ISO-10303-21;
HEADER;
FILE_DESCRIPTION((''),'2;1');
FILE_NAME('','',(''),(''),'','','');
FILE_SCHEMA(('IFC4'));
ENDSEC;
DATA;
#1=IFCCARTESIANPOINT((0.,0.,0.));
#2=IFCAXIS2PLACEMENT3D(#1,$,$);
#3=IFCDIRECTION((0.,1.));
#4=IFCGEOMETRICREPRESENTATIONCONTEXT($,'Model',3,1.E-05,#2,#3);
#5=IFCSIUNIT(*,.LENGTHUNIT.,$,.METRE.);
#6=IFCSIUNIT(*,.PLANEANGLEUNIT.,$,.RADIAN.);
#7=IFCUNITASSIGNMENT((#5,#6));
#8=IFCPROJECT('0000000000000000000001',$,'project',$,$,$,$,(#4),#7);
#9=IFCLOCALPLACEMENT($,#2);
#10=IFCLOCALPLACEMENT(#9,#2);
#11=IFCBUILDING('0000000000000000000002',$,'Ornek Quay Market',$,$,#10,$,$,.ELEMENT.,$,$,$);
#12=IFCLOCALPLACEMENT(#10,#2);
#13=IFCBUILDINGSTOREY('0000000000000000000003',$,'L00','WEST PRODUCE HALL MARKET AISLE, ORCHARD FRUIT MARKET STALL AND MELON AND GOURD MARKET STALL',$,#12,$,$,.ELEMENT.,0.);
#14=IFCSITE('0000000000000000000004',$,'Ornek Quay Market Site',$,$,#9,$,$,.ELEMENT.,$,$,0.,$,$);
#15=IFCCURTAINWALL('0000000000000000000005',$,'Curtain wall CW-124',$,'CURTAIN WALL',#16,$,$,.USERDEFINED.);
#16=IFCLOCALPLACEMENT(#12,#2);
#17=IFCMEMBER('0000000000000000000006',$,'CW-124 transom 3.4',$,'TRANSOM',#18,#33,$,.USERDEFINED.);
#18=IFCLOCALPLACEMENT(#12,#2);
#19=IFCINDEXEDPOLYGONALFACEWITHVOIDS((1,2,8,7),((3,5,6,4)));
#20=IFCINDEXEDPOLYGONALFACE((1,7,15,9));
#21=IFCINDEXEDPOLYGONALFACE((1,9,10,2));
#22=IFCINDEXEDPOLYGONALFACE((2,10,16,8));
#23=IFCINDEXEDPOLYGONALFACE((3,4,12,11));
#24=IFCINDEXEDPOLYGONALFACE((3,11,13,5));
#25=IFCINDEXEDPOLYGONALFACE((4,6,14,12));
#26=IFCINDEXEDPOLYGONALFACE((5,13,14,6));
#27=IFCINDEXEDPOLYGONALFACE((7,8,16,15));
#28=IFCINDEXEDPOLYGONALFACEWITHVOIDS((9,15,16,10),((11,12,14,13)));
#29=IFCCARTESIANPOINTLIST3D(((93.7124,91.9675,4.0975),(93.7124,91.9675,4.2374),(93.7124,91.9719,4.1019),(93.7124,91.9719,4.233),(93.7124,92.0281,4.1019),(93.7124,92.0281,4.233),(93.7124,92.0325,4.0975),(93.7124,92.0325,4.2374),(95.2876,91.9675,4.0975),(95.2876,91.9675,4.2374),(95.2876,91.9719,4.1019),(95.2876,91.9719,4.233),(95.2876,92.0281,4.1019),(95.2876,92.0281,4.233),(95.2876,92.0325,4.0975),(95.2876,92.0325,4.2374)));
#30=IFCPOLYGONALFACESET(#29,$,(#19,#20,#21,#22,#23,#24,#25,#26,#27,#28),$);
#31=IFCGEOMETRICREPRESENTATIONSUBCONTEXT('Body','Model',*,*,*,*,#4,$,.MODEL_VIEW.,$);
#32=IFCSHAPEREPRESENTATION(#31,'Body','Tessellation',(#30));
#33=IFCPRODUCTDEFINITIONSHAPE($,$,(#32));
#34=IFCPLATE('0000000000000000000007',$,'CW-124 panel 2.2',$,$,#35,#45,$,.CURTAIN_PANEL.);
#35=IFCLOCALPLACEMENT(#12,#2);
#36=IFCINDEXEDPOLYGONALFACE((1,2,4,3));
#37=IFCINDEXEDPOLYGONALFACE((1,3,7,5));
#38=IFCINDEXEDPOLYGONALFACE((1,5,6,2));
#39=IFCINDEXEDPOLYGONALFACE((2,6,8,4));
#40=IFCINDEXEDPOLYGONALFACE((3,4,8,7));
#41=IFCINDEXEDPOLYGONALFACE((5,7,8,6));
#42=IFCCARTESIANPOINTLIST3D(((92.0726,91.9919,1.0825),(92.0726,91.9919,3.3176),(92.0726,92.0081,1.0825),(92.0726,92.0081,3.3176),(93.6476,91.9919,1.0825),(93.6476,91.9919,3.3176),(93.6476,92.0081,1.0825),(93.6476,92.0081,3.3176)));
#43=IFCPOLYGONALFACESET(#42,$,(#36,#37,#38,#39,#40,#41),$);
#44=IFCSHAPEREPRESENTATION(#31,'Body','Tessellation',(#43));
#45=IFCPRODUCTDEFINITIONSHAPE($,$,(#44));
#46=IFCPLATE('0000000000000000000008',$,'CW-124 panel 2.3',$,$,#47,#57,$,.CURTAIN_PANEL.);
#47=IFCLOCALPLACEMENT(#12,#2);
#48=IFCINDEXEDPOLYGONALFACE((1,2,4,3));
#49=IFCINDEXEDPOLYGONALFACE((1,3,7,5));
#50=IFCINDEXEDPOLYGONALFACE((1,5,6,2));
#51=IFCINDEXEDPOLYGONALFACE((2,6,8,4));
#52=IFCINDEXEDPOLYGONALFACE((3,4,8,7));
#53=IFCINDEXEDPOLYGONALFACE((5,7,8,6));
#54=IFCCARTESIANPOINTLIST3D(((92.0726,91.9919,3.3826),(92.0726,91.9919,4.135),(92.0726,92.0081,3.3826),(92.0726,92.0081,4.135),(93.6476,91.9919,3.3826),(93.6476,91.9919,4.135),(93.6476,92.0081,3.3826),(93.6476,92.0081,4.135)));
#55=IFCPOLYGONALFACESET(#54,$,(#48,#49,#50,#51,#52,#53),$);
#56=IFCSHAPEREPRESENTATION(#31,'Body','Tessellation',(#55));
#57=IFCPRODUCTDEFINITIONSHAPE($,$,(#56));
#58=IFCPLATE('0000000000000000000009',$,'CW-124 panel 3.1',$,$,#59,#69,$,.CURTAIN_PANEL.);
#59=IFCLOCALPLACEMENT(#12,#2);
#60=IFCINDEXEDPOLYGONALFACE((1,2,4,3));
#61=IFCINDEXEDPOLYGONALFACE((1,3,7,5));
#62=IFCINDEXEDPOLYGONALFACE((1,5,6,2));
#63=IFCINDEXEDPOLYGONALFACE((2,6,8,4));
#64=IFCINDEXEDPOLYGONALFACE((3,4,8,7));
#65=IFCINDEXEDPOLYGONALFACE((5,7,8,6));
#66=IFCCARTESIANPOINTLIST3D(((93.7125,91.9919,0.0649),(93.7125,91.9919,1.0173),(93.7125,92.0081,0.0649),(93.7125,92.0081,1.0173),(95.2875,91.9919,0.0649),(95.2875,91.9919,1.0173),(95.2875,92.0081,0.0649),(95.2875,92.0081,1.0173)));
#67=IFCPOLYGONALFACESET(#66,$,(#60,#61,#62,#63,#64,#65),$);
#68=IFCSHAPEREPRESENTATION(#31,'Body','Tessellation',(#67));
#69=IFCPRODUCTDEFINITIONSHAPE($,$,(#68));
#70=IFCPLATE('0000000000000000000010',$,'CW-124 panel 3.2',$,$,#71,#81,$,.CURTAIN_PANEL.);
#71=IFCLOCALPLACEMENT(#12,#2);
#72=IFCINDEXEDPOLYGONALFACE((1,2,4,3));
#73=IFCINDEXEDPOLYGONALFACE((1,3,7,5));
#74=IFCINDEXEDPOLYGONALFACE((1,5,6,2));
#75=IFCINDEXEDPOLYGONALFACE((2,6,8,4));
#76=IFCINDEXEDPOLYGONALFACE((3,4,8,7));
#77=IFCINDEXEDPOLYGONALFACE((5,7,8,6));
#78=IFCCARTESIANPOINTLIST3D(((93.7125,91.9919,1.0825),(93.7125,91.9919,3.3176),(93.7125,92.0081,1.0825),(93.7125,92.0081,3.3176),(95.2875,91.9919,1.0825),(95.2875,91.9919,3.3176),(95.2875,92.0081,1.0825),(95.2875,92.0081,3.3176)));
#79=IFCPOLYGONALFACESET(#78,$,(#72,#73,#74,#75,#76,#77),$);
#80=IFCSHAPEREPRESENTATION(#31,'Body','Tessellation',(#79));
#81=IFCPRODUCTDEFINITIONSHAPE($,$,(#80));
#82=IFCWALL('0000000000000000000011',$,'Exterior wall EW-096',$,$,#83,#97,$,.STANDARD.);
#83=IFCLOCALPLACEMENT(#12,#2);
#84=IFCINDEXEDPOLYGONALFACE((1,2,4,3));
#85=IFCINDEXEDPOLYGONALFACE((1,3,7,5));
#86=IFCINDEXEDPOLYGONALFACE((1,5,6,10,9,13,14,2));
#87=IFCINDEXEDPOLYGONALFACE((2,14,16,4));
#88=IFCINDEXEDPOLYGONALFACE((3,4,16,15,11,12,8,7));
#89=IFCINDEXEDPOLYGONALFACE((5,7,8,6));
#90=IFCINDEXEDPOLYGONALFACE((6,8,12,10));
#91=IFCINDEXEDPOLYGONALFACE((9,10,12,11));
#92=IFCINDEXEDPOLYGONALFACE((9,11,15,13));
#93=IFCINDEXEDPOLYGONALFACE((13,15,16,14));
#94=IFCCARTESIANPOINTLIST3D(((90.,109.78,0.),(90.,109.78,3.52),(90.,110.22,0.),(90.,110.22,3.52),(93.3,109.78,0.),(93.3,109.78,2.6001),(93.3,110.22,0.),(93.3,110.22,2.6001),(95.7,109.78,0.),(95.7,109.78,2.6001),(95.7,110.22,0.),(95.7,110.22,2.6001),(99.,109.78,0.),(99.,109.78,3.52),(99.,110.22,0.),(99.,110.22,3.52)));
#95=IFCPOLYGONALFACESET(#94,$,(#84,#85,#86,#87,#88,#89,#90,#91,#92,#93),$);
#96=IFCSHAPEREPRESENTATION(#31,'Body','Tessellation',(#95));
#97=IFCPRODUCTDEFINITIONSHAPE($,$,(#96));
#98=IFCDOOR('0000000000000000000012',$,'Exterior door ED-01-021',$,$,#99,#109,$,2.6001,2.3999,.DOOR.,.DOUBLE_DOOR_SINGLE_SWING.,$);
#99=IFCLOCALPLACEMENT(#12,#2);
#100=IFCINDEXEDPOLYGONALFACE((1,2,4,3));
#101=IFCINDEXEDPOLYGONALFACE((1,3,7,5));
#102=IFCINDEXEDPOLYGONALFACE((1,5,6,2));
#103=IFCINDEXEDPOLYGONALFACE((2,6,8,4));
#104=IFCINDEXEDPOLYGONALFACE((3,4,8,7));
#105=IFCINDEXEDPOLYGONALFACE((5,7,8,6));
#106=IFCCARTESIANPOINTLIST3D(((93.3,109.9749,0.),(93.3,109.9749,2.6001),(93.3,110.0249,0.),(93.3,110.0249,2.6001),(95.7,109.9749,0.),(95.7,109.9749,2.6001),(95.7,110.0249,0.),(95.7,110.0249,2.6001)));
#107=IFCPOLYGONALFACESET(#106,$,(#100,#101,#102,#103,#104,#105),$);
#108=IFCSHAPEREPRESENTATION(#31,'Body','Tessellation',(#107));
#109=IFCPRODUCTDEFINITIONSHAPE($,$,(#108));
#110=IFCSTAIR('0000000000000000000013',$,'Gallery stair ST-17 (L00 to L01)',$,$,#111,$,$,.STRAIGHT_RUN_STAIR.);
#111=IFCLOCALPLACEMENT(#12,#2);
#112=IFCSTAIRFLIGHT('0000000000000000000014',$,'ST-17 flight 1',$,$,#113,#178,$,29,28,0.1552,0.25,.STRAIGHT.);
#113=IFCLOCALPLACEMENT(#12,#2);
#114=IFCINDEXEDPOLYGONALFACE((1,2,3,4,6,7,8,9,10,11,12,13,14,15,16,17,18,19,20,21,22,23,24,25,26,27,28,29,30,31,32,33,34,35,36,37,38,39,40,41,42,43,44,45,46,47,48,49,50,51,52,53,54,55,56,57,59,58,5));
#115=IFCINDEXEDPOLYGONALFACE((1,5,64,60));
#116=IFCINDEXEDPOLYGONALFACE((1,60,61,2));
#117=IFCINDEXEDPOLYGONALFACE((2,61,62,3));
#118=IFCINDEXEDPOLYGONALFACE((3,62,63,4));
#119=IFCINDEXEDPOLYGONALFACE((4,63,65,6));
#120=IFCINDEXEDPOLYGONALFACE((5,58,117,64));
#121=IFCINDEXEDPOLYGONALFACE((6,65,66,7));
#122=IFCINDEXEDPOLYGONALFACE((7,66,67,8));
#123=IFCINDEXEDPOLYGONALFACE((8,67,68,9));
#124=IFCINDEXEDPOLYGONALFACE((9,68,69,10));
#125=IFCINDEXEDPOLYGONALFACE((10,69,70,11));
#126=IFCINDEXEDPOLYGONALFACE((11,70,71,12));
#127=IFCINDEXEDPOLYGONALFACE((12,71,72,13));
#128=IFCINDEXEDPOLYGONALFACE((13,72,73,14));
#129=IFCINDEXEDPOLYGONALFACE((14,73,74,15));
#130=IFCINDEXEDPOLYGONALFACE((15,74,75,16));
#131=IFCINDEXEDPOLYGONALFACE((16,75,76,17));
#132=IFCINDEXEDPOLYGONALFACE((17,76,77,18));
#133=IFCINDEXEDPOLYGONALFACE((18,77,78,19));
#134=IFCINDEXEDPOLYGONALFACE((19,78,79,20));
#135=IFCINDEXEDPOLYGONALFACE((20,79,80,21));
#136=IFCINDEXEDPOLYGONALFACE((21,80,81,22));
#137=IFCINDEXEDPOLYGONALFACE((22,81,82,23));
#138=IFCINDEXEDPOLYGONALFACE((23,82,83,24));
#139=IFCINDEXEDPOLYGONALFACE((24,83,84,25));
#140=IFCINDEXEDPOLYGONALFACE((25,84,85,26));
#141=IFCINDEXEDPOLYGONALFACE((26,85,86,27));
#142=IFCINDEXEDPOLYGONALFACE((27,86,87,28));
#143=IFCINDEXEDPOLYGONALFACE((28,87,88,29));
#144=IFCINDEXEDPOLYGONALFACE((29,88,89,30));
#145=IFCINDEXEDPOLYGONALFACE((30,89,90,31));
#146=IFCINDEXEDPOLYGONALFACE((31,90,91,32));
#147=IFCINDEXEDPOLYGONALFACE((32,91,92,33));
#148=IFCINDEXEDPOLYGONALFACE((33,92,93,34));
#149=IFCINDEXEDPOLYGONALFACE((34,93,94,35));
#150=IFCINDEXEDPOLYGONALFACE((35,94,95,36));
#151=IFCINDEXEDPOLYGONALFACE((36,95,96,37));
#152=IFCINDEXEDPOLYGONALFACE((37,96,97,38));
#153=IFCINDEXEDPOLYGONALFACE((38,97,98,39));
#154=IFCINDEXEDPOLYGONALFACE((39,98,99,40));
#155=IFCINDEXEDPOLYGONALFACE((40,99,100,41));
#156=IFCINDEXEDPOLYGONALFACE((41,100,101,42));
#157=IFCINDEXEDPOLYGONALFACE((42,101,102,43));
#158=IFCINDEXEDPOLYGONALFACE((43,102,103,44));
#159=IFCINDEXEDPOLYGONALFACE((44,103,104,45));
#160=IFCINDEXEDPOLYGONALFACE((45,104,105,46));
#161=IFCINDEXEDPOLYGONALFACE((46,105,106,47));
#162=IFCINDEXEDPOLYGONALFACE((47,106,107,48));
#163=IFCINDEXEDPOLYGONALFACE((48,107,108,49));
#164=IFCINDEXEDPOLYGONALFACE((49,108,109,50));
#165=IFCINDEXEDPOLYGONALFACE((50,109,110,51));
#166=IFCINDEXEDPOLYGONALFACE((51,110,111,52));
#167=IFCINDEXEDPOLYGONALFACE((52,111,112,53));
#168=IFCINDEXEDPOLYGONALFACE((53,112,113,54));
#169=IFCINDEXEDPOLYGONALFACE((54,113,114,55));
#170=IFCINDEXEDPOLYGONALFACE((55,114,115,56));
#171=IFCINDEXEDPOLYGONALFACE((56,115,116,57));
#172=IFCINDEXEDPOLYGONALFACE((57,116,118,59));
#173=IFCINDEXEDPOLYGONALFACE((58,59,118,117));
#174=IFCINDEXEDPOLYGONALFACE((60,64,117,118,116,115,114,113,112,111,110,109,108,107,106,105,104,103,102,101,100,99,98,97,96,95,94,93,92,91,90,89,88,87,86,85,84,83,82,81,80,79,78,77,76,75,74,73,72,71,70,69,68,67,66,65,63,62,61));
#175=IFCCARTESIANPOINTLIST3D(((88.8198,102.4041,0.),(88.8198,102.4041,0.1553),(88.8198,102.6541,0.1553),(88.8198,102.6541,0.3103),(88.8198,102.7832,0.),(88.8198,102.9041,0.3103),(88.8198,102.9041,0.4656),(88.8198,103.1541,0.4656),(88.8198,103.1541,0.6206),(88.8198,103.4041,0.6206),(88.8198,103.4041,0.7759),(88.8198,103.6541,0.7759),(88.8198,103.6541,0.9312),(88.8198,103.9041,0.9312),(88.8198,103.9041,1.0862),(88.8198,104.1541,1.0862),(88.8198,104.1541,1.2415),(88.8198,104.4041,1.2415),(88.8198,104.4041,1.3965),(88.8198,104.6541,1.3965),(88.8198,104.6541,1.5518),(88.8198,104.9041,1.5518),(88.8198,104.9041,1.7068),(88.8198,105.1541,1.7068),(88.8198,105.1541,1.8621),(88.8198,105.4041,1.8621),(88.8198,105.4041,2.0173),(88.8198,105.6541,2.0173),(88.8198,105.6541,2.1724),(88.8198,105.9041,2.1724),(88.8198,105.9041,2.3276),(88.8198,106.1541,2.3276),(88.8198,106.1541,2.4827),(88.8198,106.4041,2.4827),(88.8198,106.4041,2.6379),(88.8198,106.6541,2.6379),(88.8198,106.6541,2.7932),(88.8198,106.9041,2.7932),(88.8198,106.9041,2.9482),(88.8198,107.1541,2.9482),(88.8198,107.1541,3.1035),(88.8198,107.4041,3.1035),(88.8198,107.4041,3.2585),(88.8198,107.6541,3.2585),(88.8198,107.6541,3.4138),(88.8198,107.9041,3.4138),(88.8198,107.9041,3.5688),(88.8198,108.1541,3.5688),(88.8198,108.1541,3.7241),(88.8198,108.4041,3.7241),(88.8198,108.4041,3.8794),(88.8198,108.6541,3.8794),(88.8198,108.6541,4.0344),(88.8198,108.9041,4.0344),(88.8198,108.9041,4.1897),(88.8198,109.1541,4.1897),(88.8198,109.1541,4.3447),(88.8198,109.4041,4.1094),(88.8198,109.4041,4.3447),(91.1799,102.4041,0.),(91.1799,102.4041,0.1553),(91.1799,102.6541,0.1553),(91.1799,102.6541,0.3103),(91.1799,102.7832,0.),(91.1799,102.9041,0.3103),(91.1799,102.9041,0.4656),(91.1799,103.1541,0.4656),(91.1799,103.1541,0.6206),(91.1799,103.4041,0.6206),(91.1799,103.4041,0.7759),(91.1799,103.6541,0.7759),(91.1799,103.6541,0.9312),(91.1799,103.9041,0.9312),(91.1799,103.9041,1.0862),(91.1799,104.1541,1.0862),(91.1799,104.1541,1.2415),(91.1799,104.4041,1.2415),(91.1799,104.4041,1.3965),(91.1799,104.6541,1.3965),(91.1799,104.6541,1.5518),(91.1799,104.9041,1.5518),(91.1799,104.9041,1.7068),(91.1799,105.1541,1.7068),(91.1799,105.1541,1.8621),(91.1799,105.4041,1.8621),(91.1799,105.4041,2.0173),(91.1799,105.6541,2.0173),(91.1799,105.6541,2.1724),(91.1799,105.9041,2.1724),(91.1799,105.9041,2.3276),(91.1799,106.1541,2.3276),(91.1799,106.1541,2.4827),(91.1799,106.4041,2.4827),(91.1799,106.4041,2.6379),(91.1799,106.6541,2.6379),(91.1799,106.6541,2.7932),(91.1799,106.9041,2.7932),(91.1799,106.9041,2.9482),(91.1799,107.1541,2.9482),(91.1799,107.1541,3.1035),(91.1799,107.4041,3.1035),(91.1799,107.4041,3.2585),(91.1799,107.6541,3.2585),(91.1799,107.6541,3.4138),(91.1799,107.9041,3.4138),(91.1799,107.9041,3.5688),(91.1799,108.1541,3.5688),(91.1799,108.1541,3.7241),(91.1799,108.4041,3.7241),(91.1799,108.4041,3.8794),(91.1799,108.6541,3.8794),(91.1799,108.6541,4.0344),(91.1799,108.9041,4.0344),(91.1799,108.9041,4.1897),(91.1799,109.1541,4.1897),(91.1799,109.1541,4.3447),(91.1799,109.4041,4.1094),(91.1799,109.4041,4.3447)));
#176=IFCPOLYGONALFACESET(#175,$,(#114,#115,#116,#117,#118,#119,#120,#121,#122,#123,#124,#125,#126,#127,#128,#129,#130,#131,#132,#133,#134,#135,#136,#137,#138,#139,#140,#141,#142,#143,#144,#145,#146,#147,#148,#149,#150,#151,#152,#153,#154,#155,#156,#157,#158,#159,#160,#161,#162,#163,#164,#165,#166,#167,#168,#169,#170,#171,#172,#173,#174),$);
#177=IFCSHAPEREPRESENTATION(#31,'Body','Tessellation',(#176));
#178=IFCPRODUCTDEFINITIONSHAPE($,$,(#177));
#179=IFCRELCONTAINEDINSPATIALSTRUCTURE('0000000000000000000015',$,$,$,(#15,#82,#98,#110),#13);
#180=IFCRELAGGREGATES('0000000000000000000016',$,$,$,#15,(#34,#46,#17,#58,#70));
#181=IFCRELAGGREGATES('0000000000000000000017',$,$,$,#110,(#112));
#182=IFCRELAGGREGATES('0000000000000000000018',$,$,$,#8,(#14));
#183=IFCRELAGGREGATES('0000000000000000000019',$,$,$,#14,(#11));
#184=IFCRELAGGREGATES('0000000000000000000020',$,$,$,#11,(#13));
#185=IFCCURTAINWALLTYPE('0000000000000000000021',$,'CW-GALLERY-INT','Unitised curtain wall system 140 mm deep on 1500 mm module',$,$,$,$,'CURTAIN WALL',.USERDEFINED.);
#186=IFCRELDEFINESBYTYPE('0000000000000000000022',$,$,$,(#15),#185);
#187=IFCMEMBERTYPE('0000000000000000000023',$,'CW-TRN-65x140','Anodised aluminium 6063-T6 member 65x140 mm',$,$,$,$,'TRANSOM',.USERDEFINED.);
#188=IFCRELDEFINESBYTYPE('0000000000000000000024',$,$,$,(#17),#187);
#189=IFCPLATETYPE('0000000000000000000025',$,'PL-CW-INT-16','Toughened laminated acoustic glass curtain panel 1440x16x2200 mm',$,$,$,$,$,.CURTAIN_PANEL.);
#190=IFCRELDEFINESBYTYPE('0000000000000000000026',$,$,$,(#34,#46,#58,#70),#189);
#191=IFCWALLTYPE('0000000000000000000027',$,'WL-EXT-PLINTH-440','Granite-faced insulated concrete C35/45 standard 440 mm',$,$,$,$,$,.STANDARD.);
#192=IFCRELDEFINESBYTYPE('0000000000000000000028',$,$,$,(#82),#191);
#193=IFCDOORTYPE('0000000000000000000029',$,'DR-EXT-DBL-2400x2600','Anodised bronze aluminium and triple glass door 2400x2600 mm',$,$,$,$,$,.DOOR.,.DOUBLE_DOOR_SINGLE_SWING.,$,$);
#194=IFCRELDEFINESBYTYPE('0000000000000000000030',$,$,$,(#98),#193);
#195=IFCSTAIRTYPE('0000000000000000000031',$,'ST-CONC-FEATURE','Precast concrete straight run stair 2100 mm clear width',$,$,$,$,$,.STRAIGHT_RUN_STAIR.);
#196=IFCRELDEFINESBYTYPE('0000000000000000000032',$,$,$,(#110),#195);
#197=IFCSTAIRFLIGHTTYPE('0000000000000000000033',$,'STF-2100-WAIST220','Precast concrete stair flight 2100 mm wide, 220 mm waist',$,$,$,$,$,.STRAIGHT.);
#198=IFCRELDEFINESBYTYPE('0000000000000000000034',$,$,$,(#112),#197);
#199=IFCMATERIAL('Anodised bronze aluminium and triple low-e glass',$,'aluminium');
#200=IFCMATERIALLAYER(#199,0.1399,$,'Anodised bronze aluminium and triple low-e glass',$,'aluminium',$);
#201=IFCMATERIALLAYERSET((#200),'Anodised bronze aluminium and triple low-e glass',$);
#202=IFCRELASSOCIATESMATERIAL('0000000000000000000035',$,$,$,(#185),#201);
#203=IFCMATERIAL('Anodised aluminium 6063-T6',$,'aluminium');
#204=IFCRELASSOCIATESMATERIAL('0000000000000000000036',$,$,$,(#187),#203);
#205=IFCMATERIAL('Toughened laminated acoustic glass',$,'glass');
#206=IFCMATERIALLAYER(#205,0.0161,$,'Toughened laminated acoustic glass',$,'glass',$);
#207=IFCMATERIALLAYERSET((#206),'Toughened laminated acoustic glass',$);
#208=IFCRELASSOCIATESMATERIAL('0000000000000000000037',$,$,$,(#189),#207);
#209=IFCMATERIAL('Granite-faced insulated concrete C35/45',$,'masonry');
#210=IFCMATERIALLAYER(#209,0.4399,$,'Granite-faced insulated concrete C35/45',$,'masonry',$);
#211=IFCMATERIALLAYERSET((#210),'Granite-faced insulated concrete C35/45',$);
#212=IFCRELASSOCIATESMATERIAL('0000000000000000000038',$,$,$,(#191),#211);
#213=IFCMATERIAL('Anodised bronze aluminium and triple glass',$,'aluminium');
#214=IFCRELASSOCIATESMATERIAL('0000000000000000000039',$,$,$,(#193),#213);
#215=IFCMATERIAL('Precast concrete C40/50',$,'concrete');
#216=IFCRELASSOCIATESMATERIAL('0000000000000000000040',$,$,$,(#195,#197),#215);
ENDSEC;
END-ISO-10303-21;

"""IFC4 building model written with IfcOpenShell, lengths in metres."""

from ifc_helpers import new_model, si_unit, direction, frame, frame_2d, origin, origin_2d, place, context, subcontext, project, spatial, polyline, rectangle, hollow_rectangle, outline, extrude, material, layer, layer_set, material_profile, profile_set, type_object, element, fill, aggregate, save


model = new_model("IFC4")

# Units and contexts
model_context = context("Model", 3, precision=1e-05, world=origin(), true_north=direction((0.0, 1.0)))
body_context = subcontext(model_context, "Body", "Model", "MODEL_VIEW")
ifc_project = project(units=[si_unit("LENGTHUNIT", "METRE"), si_unit("PLANEANGLEUNIT", "RADIAN")], contexts=[model_context])

# Site, building, storey
site_placement = place(None, origin())
site = spatial("IfcSite", under=ifc_project, at=site_placement, Name="Ornek Quay Market Site", CompositionType="ELEMENT", RefElevation=0.0)
building_placement = place(site_placement, origin())
building = spatial("IfcBuilding", under=site, at=building_placement, Name="Ornek Quay Market", CompositionType="ELEMENT")
storey_placement = place(building_placement, origin())
storey = spatial("IfcBuildingStorey", under=building, at=storey_placement, Name="L00", Description="WEST PRODUCE HALL MARKET AISLE, ORCHARD FRUIT MARKET STALL AND MELON AND GOURD MARKET STALL", CompositionType="ELEMENT", Elevation=0.0)

# Curtain wall, member, plates
ifc_material_1 = material(Name="Anodised bronze aluminium and triple low-e glass", Category="aluminium")
ifc_layer_1 = layer(ifc_material_1, 0.1399, Name="Anodised bronze aluminium and triple low-e glass", Category="aluminium")
ifc_layer_set_1 = layer_set([ifc_layer_1], Name="Anodised bronze aluminium and triple low-e glass")
curtain_wall_type = type_object("IfcCurtainWallType", Name="CW-GALLERY-INT", Description="Unitised curtain wall system 140 mm deep on 1500 mm module", ElementType="CURTAIN WALL", PredefinedType="USERDEFINED", material=ifc_layer_set_1)
curtain_wall_placement = place(storey_placement, origin())
curtain_wall = element("IfcCurtainWall", 1, at=curtain_wall_placement, inside=storey, type_object=curtain_wall_type, Name="Curtain wall CW-124", ObjectType="CURTAIN WALL", PredefinedType="USERDEFINED")
ifc_material_2 = material(Name="Anodised aluminium 6063-T6", Category="aluminium")
ifc_material_profile_1 = material_profile(ifc_material_2, hollow_rectangle(XDim=0.0649, YDim=0.1399, WallThickness=0.0044, at=origin_2d()), Name="CW-TRN-65x140", Category="aluminium")
ifc_profile_set_1 = profile_set([ifc_material_profile_1], Name="Anodised aluminium 6063-T6")
member_type_1 = type_object("IfcMemberType", Name="CW-TRN-65x140", Description="Anodised aluminium 6063-T6 member 65x140 mm", ElementType="TRANSOM", PredefinedType="USERDEFINED", material=ifc_profile_set_1)
member_1_placement = place(storey_placement, frame((93.7124, 92.0, 4.1675), z_axis=(1.0, 0.0, 0.0), x_axis=(0.0, 1.0, 0.0)))
member_1 = element("IfcMember", 2, at=member_1_placement, type_object=member_type_1, Name="CW-124 transom 3.4", ObjectType="TRANSOM", PredefinedType="USERDEFINED", context=body_context, shape_type="SweptSolid", body=[
    extrude(hollow_rectangle(XDim=0.0649, YDim=0.1399, WallThickness=0.0044, at=origin_2d()), origin(), (0.0, 0.0, 1.0), 1.5752),
])
ifc_material_3 = material(Name="Toughened laminated acoustic glass", Category="glass")
ifc_layer_2 = layer(ifc_material_3, 0.0161, Name="Toughened laminated acoustic glass", Category="glass")
ifc_layer_set_2 = layer_set([ifc_layer_2], Name="Toughened laminated acoustic glass")
plate_type = type_object("IfcPlateType", Name="PL-CW-INT-16", Description="Toughened laminated acoustic glass curtain panel 1440x16x2200 mm", PredefinedType="CURTAIN_PANEL", material=ifc_layer_set_2)
plate_1_placement = place(storey_placement, frame((92.8601, 92.0, 1.0825), z_axis=(0.0, 0.0, 1.0), x_axis=(1.0, 0.0, 0.0)))
plate_1 = element("IfcPlate", 3, at=plate_1_placement, type_object=plate_type, Name="CW-124 panel 2.2", PredefinedType="CURTAIN_PANEL", context=body_context, shape_type="SweptSolid", body=[
    extrude(rectangle(XDim=1.575, YDim=0.0161, at=origin_2d()), origin(), (0.0, 0.0, 1.0), 2.2351),
])
plate_2_placement = place(storey_placement, frame((92.8601, 92.0, 3.3826), z_axis=(0.0, 0.0, 1.0), x_axis=(1.0, 0.0, 0.0)))
plate_2 = element("IfcPlate", 4, at=plate_2_placement, type_object=plate_type, Name="CW-124 panel 2.3", PredefinedType="CURTAIN_PANEL", context=body_context, shape_type="SweptSolid", body=[
    extrude(rectangle(XDim=1.575, YDim=0.0161, at=origin_2d()), origin(), (0.0, 0.0, 1.0), 0.7524),
])
plate_3_placement = place(storey_placement, frame((94.5, 92.0, 0.0649), z_axis=(0.0, 0.0, 1.0), x_axis=(1.0, 0.0, 0.0)))
plate_3 = element("IfcPlate", 5, at=plate_3_placement, type_object=plate_type, Name="CW-124 panel 3.1", PredefinedType="CURTAIN_PANEL", context=body_context, shape_type="SweptSolid", body=[
    extrude(rectangle(XDim=1.575, YDim=0.0161, at=origin_2d()), origin(), (0.0, 0.0, 1.0), 0.9524),
])
plate_4_placement = place(storey_placement, frame((94.5, 92.0, 1.0825), z_axis=(0.0, 0.0, 1.0), x_axis=(1.0, 0.0, 0.0)))
plate_4 = element("IfcPlate", 6, at=plate_4_placement, type_object=plate_type, Name="CW-124 panel 3.2", PredefinedType="CURTAIN_PANEL", context=body_context, shape_type="SweptSolid", body=[
    extrude(rectangle(XDim=1.575, YDim=0.0161, at=origin_2d()), origin(), (0.0, 0.0, 1.0), 2.2351),
])
aggregate(curtain_wall, [plate_1, plate_2, member_1, plate_3, plate_4])

# Wall, opening, door
ifc_material_4 = material(Name="Granite-faced insulated concrete C35/45", Category="masonry")
ifc_layer_3 = layer(ifc_material_4, 0.4399, Name="Granite-faced insulated concrete C35/45", Category="masonry")
ifc_layer_set_3 = layer_set([ifc_layer_3], Name="Granite-faced insulated concrete C35/45")
wall_type = type_object("IfcWallType", Name="WL-EXT-PLINTH-440", Description="Granite-faced insulated concrete C35/45 standard 440 mm", PredefinedType="STANDARD", material=ifc_layer_set_3)
wall_placement = place(storey_placement, frame((90.0, 110.0, 0.0), z_axis=(0.0, 0.0, 1.0), x_axis=(1.0, 0.0, 0.0)))
wall = element("IfcWall", 7, at=wall_placement, inside=storey, type_object=wall_type, Name="Exterior wall EW-096", PredefinedType="STANDARD", context=body_context, shape_type="SweptSolid", body=[
    extrude(rectangle(XDim=9.0, YDim=0.4399, at=frame_2d((4.5, 0.0))), origin(), (0.0, 0.0, 1.0), 3.52),
])
opening_placement = place(wall_placement, frame((3.3, 0.0, 0.0)))
opening = element("IfcOpeningElement", 8, at=opening_placement, cuts=wall, PredefinedType="OPENING", context=body_context, shape_type="SweptSolid", body=[
    extrude(rectangle(XDim=2.3999, YDim=2.6001, at=frame_2d((1.2, 1.3))), frame((0.0, 0.23, 0.0), z_axis=(0.0, -1.0, 0.0), x_axis=(1.0, 0.0, 0.0)), (0.0, 0.0, 1.0), 0.46),
])
ifc_material_5 = material(Name="Anodised bronze aluminium and triple glass", Category="aluminium")
door_type = type_object("IfcDoorType", Name="DR-EXT-DBL-2400x2600", Description="Anodised bronze aluminium and triple glass door 2400x2600 mm", OperationType="DOUBLE_DOOR_SINGLE_SWING", PredefinedType="DOOR", material=ifc_material_5)
door_placement = place(opening_placement, origin())
door = element("IfcDoor", 9, at=door_placement, inside=storey, type_object=door_type, Name="Exterior door ED-01-021", OperationType="DOUBLE_DOOR_SINGLE_SWING", OverallHeight=2.6001, OverallWidth=2.3999, PredefinedType="DOOR", context=body_context, shape_type="SweptSolid", body=[
    extrude(rectangle(XDim=2.3999, YDim=2.6001, at=frame_2d((1.2, 1.3))), frame((0.0, 0.0249, 0.0), z_axis=(0.0, -1.0, 0.0), x_axis=(1.0, 0.0, 0.0)), (0.0, 0.0, 1.0), 0.05),
])
fill(opening, door)

# Stair, stair flight
ifc_material_6 = material(Name="Precast concrete C40/50", Category="concrete")
stair_type = type_object("IfcStairType", Name="ST-CONC-FEATURE", Description="Precast concrete straight run stair 2100 mm clear width", PredefinedType="STRAIGHT_RUN_STAIR", material=ifc_material_6)
stair_placement = place(storey_placement, origin())
stair = element("IfcStair", 10, at=stair_placement, inside=storey, type_object=stair_type, Name="Gallery stair ST-17 (L00 to L01)", PredefinedType="STRAIGHT_RUN_STAIR")
stair_flight_type = type_object("IfcStairFlightType", Name="STF-2100-WAIST220", Description="Precast concrete stair flight 2100 mm wide, 220 mm waist", PredefinedType="STRAIGHT", material=ifc_material_6)
stair_flight_placement = place(storey_placement, frame((90.0, 102.4041, 0.0), z_axis=(0.0, 0.0, 1.0), x_axis=(0.0, 1.0, 0.0)))
stair_flight = element("IfcStairFlight", 11, at=stair_flight_placement, type_object=stair_flight_type, Name="ST-17 flight 1", NumberOfRisers=29, NumberOfTreads=28, PredefinedType="STRAIGHT", RiserHeight=0.1552, TreadLength=0.25, context=body_context, shape_type="SweptSolid", body=[
    extrude(outline(polyline([(0.0, 0.0), (0.0, 0.1553), (0.25, 0.1553), (0.25, 0.3103), (0.5, 0.3103), (0.5, 0.4656), (0.75, 0.4656), (0.75, 0.6206), (1.0, 0.6206), (1.0, 0.7759), (1.25, 0.7759), (1.25, 0.9312), (1.5, 0.9312), (1.5, 1.0862), (1.75, 1.0862), (1.75, 1.2415), (2.0, 1.2415), (2.0, 1.3965), (2.25, 1.3965), (2.25, 1.5518), (2.5, 1.5518), (2.5, 1.7068), (2.75, 1.7068), (2.75, 1.8621), (3.0, 1.8621), (3.0, 2.0173), (3.25, 2.0173), (3.25, 2.1724), (3.5, 2.1724), (3.5, 2.3276), (3.75, 2.3276), (3.75, 2.4827), (4.0, 2.4827), (4.0, 2.6379), (4.25, 2.6379), (4.25, 2.7932), (4.5, 2.7932), (4.5, 2.9482), (4.75, 2.9482), (4.75, 3.1035), (5.0, 3.1035), (5.0, 3.2585), (5.25, 3.2585), (5.25, 3.4138), (5.5, 3.4138), (5.5, 3.5688), (5.75, 3.5688), (5.75, 3.7241), (6.0, 3.7241), (6.0, 3.8794), (6.25, 3.8794), (6.25, 4.0344), (6.5, 4.0344), (6.5, 4.1897), (6.75, 4.1897), (6.75, 4.3447), (7.0, 4.3447), (7.0, 4.5), (7.0, 4.1094), (0.3792, 0.0), (0.0, 0.0)])), frame((0.0, 1.1802, 0.0), z_axis=(0.0, -1.0, 0.0), x_axis=(1.0, 0.0, 0.0)), (0.0, 0.0, 1.0), 2.3601),
])
aggregate(stair, [stair_flight])

save(model, "model.ifc")
